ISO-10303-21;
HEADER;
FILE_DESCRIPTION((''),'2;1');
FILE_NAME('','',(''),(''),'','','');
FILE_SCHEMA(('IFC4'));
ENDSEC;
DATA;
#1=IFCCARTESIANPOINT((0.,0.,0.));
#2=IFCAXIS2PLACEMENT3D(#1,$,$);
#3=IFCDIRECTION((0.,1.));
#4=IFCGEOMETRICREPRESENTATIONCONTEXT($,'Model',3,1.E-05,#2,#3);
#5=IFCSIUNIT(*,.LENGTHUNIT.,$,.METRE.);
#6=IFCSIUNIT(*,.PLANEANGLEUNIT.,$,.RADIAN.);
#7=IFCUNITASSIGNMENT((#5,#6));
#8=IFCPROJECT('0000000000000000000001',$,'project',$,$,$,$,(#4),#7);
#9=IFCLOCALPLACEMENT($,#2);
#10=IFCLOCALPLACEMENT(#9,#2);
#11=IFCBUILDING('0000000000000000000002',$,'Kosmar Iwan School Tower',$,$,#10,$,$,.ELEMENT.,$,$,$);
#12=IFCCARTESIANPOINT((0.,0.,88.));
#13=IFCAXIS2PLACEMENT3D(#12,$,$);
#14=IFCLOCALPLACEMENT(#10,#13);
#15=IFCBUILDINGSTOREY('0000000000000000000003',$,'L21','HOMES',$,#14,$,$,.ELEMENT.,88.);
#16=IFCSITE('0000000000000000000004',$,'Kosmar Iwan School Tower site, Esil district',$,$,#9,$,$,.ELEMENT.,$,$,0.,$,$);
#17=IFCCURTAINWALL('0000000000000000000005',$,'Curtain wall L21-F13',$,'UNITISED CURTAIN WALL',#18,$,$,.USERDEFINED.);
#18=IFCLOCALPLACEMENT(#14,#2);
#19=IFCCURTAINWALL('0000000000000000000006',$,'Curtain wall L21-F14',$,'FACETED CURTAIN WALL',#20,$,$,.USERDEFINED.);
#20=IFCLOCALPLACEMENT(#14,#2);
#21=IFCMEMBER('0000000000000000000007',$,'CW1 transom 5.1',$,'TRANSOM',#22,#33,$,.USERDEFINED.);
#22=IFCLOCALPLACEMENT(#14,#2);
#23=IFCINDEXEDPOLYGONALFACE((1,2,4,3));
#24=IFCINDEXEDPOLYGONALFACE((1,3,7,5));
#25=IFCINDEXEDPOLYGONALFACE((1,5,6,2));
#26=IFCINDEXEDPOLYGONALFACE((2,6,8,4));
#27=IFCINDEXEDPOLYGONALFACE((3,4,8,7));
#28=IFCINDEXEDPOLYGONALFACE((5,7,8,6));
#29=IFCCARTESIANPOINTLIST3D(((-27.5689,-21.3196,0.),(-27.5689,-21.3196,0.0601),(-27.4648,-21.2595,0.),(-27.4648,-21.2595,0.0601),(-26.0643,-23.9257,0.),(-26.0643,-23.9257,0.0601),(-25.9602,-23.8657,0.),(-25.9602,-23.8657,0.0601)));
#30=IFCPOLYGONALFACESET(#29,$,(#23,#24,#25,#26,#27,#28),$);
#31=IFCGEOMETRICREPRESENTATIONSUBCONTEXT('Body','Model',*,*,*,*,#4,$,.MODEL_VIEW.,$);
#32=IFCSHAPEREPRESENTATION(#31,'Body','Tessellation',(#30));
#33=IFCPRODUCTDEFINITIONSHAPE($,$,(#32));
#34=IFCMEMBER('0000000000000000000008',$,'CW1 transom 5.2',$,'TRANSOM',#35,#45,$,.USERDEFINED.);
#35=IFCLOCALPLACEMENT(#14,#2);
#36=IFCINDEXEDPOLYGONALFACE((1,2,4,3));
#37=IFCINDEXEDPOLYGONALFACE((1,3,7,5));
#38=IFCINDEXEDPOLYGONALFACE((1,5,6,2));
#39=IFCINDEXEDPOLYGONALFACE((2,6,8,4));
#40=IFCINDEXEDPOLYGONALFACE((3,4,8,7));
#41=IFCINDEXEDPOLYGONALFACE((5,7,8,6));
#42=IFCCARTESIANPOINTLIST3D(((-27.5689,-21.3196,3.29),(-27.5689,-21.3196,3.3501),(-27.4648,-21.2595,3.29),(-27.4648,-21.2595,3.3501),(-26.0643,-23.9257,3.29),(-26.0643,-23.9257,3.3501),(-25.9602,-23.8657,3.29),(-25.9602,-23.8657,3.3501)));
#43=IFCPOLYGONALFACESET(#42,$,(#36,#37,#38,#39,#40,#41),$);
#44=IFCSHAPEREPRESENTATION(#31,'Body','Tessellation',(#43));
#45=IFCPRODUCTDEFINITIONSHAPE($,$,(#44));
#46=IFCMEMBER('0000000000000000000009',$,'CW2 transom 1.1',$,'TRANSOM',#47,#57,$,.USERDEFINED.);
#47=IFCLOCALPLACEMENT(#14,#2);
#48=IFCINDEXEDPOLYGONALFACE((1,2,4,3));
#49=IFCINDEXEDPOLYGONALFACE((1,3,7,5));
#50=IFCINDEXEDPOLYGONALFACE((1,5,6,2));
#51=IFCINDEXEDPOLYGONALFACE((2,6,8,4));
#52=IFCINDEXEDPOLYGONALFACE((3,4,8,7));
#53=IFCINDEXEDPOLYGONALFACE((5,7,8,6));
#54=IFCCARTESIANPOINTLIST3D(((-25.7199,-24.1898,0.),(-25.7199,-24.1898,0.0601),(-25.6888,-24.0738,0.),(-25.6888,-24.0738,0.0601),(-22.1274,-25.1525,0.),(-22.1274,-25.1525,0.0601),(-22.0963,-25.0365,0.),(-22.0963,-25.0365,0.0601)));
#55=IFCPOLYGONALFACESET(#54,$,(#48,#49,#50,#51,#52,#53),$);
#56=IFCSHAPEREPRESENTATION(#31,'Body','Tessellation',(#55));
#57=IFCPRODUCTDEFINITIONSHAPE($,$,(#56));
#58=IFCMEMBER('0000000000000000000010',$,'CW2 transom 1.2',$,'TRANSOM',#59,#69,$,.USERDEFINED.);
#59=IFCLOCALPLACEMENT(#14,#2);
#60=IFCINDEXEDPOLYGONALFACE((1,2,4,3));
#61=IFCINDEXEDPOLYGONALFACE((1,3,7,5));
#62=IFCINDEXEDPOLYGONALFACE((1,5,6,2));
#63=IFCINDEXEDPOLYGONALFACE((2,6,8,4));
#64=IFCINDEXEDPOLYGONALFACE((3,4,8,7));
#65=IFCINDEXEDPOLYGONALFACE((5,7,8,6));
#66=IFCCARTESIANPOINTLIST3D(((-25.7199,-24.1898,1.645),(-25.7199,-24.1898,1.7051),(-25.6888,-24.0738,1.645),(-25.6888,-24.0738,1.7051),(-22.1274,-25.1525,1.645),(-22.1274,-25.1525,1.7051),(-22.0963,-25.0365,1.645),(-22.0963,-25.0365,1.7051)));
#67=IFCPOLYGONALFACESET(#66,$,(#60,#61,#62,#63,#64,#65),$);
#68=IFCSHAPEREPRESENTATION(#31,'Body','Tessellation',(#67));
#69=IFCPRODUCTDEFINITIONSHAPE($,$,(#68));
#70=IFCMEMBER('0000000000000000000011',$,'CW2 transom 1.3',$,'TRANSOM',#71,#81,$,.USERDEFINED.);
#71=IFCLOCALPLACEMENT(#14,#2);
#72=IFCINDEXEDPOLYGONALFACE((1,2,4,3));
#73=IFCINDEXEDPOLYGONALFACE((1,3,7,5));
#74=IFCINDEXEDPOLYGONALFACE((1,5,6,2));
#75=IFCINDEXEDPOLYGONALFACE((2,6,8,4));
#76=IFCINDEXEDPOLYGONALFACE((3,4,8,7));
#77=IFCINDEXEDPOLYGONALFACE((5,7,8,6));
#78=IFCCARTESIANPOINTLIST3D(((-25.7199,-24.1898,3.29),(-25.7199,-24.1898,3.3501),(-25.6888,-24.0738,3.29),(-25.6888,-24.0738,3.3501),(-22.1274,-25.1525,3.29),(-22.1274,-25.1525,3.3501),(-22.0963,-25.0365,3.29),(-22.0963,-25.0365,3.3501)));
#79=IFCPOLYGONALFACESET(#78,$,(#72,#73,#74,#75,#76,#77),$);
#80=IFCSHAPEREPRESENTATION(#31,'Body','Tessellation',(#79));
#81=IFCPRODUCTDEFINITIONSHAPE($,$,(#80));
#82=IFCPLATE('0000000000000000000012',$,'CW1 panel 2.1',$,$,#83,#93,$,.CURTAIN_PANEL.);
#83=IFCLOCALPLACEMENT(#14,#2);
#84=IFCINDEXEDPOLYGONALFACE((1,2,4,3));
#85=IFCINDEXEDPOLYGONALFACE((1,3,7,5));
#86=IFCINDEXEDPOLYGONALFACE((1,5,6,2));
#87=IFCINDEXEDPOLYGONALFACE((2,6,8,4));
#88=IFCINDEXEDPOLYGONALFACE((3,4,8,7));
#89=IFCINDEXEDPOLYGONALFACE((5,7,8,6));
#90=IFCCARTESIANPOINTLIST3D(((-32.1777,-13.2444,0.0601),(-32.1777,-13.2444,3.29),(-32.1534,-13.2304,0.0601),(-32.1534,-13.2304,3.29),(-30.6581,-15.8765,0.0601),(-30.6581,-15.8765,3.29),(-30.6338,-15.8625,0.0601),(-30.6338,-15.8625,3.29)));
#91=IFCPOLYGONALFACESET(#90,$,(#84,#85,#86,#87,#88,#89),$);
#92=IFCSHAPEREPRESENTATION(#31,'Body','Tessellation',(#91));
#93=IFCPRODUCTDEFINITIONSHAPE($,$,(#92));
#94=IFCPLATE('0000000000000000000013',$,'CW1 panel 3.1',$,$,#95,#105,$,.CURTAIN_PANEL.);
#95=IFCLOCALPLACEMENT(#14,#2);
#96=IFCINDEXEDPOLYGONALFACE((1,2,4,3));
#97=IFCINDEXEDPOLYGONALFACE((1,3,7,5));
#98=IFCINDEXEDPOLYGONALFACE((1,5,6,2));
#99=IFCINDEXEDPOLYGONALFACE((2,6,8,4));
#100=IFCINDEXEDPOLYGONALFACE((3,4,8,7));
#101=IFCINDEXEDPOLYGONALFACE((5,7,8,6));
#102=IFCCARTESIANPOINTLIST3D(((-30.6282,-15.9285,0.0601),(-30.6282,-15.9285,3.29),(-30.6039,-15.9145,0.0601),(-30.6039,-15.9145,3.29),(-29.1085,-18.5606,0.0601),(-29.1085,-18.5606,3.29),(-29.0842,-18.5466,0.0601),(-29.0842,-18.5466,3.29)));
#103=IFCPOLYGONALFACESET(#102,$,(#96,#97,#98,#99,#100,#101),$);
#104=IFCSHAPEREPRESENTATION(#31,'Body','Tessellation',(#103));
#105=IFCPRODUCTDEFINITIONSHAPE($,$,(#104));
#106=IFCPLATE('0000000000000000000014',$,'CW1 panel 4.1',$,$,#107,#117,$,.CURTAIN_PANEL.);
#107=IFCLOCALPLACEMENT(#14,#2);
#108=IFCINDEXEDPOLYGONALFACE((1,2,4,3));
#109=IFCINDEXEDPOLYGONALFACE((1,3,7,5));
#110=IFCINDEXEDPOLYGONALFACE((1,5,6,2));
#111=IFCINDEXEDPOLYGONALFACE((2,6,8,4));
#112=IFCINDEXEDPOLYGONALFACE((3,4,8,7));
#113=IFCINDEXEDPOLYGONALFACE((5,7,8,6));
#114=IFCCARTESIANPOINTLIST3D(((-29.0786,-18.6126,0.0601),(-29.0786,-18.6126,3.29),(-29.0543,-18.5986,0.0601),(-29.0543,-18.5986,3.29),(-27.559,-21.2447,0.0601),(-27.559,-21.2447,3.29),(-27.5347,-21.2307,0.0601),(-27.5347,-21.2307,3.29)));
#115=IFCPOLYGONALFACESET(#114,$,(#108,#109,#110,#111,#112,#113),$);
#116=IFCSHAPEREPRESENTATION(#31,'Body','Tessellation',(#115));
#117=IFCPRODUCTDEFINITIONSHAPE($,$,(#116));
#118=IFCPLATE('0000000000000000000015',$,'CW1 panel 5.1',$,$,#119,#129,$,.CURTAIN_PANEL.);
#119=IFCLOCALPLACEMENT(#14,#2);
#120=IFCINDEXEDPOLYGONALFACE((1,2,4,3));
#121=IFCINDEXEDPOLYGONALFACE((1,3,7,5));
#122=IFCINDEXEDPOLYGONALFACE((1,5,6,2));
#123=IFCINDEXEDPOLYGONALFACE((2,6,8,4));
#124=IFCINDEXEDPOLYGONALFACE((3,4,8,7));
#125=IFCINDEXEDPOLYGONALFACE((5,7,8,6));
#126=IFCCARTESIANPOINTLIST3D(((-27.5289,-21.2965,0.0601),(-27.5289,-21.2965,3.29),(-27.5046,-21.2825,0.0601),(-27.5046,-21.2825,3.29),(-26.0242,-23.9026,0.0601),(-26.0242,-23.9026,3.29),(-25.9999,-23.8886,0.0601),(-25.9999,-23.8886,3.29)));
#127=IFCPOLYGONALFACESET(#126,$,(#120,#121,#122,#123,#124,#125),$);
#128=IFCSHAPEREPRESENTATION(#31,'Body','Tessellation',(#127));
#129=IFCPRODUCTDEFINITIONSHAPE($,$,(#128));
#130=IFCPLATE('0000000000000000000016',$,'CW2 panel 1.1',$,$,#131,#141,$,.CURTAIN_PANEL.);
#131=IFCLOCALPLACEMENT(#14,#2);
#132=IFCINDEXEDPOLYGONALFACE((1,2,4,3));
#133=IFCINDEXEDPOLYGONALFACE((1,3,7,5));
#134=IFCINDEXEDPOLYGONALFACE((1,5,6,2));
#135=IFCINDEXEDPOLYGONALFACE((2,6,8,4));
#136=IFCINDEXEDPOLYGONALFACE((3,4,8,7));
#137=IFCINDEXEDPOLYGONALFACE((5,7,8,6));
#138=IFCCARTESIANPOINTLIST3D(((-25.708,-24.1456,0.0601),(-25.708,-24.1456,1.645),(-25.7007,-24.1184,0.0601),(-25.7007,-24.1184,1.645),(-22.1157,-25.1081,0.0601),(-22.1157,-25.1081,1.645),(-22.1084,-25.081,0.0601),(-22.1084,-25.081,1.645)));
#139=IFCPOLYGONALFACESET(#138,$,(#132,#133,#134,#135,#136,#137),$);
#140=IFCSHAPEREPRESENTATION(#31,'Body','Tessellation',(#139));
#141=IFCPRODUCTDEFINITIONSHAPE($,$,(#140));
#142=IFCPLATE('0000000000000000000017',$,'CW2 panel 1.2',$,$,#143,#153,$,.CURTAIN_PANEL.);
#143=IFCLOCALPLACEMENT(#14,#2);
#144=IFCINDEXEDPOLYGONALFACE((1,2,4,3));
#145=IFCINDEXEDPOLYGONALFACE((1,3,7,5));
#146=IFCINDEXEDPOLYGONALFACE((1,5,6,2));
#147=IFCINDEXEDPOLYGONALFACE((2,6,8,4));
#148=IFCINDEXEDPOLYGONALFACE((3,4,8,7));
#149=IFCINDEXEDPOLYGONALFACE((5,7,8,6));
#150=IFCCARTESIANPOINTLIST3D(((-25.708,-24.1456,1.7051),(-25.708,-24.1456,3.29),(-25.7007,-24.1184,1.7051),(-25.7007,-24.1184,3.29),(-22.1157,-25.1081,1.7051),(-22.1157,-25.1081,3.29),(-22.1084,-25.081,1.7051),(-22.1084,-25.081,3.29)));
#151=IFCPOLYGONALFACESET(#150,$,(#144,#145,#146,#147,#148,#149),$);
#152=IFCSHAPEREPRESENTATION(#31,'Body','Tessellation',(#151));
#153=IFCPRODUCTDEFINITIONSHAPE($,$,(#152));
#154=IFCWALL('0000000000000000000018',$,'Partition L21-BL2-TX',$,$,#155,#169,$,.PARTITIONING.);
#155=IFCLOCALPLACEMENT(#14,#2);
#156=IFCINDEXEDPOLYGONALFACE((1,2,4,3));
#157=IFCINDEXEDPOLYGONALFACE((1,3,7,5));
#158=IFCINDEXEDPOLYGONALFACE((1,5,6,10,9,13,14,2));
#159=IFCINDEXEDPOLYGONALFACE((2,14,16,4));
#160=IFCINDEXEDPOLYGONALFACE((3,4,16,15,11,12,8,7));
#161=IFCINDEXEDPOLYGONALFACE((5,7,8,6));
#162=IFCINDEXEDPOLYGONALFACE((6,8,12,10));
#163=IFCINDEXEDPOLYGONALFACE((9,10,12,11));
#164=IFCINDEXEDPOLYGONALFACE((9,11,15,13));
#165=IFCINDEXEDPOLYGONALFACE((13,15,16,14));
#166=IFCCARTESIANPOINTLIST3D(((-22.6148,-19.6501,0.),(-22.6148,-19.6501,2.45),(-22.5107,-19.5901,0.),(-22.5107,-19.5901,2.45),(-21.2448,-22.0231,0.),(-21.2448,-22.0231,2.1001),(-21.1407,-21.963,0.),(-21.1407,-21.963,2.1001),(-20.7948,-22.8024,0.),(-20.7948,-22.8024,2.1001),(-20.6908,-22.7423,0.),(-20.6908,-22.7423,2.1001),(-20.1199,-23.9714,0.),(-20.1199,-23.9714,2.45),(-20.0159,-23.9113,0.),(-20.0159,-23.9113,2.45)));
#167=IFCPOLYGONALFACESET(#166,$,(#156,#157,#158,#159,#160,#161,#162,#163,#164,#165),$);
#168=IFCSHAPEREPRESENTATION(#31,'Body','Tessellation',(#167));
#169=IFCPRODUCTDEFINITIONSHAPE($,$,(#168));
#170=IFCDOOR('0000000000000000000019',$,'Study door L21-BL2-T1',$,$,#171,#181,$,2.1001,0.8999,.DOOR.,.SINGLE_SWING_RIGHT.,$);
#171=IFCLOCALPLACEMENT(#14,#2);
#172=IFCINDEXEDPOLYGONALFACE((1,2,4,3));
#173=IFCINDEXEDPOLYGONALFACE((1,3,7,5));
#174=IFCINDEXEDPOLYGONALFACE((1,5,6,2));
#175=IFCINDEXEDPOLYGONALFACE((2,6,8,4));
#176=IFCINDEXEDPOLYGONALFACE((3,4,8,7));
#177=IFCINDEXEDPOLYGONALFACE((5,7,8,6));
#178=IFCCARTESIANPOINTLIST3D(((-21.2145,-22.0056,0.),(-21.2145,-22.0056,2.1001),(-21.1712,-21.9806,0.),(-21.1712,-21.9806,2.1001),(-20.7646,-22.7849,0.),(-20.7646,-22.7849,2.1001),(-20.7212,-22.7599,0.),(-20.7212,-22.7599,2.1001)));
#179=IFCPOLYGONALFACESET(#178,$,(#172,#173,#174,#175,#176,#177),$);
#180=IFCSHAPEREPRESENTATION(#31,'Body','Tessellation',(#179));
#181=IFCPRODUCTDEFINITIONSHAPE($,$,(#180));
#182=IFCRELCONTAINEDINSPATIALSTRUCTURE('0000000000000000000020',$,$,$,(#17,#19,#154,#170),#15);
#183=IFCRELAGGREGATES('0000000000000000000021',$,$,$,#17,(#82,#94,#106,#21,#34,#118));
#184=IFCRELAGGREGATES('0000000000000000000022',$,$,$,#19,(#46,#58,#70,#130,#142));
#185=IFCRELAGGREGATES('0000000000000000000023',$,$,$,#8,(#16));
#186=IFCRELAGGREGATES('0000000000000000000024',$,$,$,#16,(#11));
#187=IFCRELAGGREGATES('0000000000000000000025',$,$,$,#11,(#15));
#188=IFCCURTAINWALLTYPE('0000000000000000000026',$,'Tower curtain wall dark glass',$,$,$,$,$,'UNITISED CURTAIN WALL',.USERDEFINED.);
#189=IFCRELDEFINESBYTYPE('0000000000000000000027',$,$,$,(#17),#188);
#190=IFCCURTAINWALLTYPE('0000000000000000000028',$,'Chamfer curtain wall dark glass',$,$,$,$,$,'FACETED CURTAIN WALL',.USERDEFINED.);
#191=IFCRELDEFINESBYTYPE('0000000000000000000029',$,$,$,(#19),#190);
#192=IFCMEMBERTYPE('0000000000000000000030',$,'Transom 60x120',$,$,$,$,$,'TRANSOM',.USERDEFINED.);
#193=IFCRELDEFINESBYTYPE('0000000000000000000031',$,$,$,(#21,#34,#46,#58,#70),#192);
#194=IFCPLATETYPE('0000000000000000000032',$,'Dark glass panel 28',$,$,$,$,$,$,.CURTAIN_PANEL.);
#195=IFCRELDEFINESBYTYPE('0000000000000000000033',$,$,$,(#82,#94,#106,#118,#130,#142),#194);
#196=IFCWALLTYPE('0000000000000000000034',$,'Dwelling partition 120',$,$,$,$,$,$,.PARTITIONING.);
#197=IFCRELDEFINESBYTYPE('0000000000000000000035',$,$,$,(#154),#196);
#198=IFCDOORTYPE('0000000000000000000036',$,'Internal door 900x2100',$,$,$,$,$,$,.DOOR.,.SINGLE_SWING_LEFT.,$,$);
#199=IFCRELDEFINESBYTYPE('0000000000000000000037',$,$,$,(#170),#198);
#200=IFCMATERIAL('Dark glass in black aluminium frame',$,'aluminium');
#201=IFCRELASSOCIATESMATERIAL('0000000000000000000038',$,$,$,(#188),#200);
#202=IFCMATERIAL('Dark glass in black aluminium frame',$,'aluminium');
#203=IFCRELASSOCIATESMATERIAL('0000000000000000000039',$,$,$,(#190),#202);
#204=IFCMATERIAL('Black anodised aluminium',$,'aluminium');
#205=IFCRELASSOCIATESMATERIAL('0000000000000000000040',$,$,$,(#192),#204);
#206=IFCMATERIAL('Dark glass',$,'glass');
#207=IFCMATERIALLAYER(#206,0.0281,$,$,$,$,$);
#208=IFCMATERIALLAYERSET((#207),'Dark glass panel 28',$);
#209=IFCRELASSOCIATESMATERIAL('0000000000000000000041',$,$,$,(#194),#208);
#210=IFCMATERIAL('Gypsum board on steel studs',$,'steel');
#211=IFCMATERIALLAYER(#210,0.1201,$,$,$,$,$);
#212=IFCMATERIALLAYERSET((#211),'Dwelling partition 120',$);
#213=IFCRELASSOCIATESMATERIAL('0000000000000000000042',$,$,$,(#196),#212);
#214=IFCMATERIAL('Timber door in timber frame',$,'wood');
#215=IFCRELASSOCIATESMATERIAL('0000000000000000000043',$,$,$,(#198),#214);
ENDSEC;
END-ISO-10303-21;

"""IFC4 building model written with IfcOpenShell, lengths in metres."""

from ifc_helpers import new_model, si_unit, direction, frame, frame_2d, origin, origin_2d, place, context, subcontext, project, spatial, rectangle, extrude, material, layer, layer_set, material_profile, profile_set, type_object, element, fill, aggregate, save


model = new_model("IFC4")

# Units and contexts
model_context = context("Model", 3, precision=1e-05, world=origin(), true_north=direction((0.0, 1.0)))
body_context = subcontext(model_context, "Body", "Model", "MODEL_VIEW")
ifc_project = project(units=[si_unit("LENGTHUNIT", "METRE"), si_unit("PLANEANGLEUNIT", "RADIAN")], contexts=[model_context])

# Site, building, storey
site_placement = place(None, origin())
site = spatial("IfcSite", under=ifc_project, at=site_placement, Name="Kosmar Iwan School Tower site, Esil district", CompositionType="ELEMENT", RefElevation=0.0)
building_placement = place(site_placement, origin())
building = spatial("IfcBuilding", under=site, at=building_placement, Name="Kosmar Iwan School Tower", CompositionType="ELEMENT")
storey_placement = place(building_placement, frame((0.0, 0.0, 88.0)))
storey = spatial("IfcBuildingStorey", under=building, at=storey_placement, Name="L21", Description="HOMES", CompositionType="ELEMENT", Elevation=88.0)

# Curtain wall
ifc_material_1 = material(Name="Dark glass in black aluminium frame", Category="aluminium")
curtain_wall_type_1 = type_object("IfcCurtainWallType", Name="Tower curtain wall dark glass", ElementType="UNITISED CURTAIN WALL", PredefinedType="USERDEFINED", material=ifc_material_1)
curtain_wall_1_placement = place(storey_placement, origin())
curtain_wall_1 = element("IfcCurtainWall", 1, at=curtain_wall_1_placement, inside=storey, type_object=curtain_wall_type_1, Name="Curtain wall L21-F13", ObjectType="UNITISED CURTAIN WALL", PredefinedType="USERDEFINED")

# Curtain wall
ifc_material_2 = material(Name="Dark glass in black aluminium frame", Category="aluminium")
curtain_wall_type_2 = type_object("IfcCurtainWallType", Name="Chamfer curtain wall dark glass", ElementType="FACETED CURTAIN WALL", PredefinedType="USERDEFINED", material=ifc_material_2)
curtain_wall_2_placement = place(storey_placement, origin())
curtain_wall_2 = element("IfcCurtainWall", 2, at=curtain_wall_2_placement, inside=storey, type_object=curtain_wall_type_2, Name="Curtain wall L21-F14", ObjectType="FACETED CURTAIN WALL", PredefinedType="USERDEFINED")

# Members
ifc_material_3 = material(Name="Black anodised aluminium", Category="aluminium")
ifc_material_profile_1 = material_profile(ifc_material_3, rectangle(XDim=0.1201, YDim=0.0601, at=origin_2d()), Name="TRANSOM 60x120")
ifc_profile_set_1 = profile_set([ifc_material_profile_1], Name="Black anodised aluminium")
member_type_1 = type_object("IfcMemberType", Name="Transom 60x120", ElementType="TRANSOM", PredefinedType="USERDEFINED", material=ifc_profile_set_1)
member_1_placement = place(storey_placement, frame((-27.5168, -21.2896, 0.03), z_axis=(0.499987, -0.866033, 0.0), x_axis=(0.866033, 0.499987, 0.0)))
member_1 = element("IfcMember", 3, at=member_1_placement, type_object=member_type_1, Name="CW1 transom 5.1", ObjectType="TRANSOM", PredefinedType="USERDEFINED", context=body_context, shape_type="SweptSolid", body=[
    extrude(rectangle(XDim=0.1201, YDim=0.0601, at=origin_2d()), origin(), (0.0, 0.0, 1.0), 3.0093),
])
member_2_placement = place(storey_placement, frame((-27.5168, -21.2896, 3.3201), z_axis=(0.499987, -0.866033, 0.0), x_axis=(0.866033, 0.499987, 0.0)))
member_2 = element("IfcMember", 4, at=member_2_placement, type_object=member_type_1, Name="CW1 transom 5.2", ObjectType="TRANSOM", PredefinedType="USERDEFINED", context=body_context, shape_type="SweptSolid", body=[
    extrude(rectangle(XDim=0.1201, YDim=0.0601, at=origin_2d()), origin(), (0.0, 0.0, 1.0), 3.0093),
])
member_3_placement = place(storey_placement, frame((-25.7043, -24.1318, 0.03), z_axis=(0.965924, -0.258827, 0.0), x_axis=(0.258827, 0.965924, 0.0)))
member_3 = element("IfcMember", 5, at=member_3_placement, type_object=member_type_1, Name="CW2 transom 1.1", ObjectType="TRANSOM", PredefinedType="USERDEFINED", context=body_context, shape_type="SweptSolid", body=[
    extrude(rectangle(XDim=0.1201, YDim=0.0601, at=origin_2d()), origin(), (0.0, 0.0, 1.0), 3.7192),
])
member_4_placement = place(storey_placement, frame((-25.7043, -24.1318, 1.675), z_axis=(0.965924, -0.258827, 0.0), x_axis=(0.258827, 0.965924, 0.0)))
member_4 = element("IfcMember", 6, at=member_4_placement, type_object=member_type_1, Name="CW2 transom 1.2", ObjectType="TRANSOM", PredefinedType="USERDEFINED", context=body_context, shape_type="SweptSolid", body=[
    extrude(rectangle(XDim=0.1201, YDim=0.0601, at=origin_2d()), origin(), (0.0, 0.0, 1.0), 3.7192),
])
member_5_placement = place(storey_placement, frame((-25.7043, -24.1318, 3.3201), z_axis=(0.965924, -0.258827, 0.0), x_axis=(0.258827, 0.965924, 0.0)))
member_5 = element("IfcMember", 7, at=member_5_placement, type_object=member_type_1, Name="CW2 transom 1.3", ObjectType="TRANSOM", PredefinedType="USERDEFINED", context=body_context, shape_type="SweptSolid", body=[
    extrude(rectangle(XDim=0.1201, YDim=0.0601, at=origin_2d()), origin(), (0.0, 0.0, 1.0), 3.7192),
])

# Plates
ifc_material_4 = material(Name="Dark glass", Category="glass")
ifc_layer_1 = layer(ifc_material_4, 0.0281)
ifc_layer_set_1 = layer_set([ifc_layer_1], Name="Dark glass panel 28")
plate_type = type_object("IfcPlateType", Name="Dark glass panel 28", PredefinedType="CURTAIN_PANEL", material=ifc_layer_set_1)
plate_1_placement = place(storey_placement, frame((-31.4058, -14.5535, 0.0601), z_axis=(0.0, 0.0, 1.0), x_axis=(0.5, -0.866025, 0.0)))
plate_1 = element("IfcPlate", 8, at=plate_1_placement, type_object=plate_type, Name="CW1 panel 2.1", PredefinedType="CURTAIN_PANEL", context=body_context, shape_type="SweptSolid", body=[
    extrude(rectangle(XDim=3.0393, YDim=0.0281, at=origin_2d()), origin(), (0.0, 0.0, 1.0), 3.23),
])
plate_2_placement = place(storey_placement, frame((-29.8562, -17.2375, 0.0601), z_axis=(0.0, 0.0, 1.0), x_axis=(0.5, -0.866025, 0.0)))
plate_2 = element("IfcPlate", 9, at=plate_2_placement, type_object=plate_type, Name="CW1 panel 3.1", PredefinedType="CURTAIN_PANEL", context=body_context, shape_type="SweptSolid", body=[
    extrude(rectangle(XDim=3.0393, YDim=0.0281, at=origin_2d()), origin(), (0.0, 0.0, 1.0), 3.23),
])
plate_3_placement = place(storey_placement, frame((-28.3066, -19.9216, 0.0601), z_axis=(0.0, 0.0, 1.0), x_axis=(0.5, -0.866025, 0.0)))
plate_3 = element("IfcPlate", 10, at=plate_3_placement, type_object=plate_type, Name="CW1 panel 4.1", PredefinedType="CURTAIN_PANEL", context=body_context, shape_type="SweptSolid", body=[
    extrude(rectangle(XDim=3.0393, YDim=0.0281, at=origin_2d()), origin(), (0.0, 0.0, 1.0), 3.23),
])
plate_4_placement = place(storey_placement, frame((-26.7644, -22.5925, 0.0601), z_axis=(0.0, 0.0, 1.0), x_axis=(0.5, -0.866025, 0.0)))
plate_4 = element("IfcPlate", 11, at=plate_4_placement, type_object=plate_type, Name="CW1 panel 5.1", PredefinedType="CURTAIN_PANEL", context=body_context, shape_type="SweptSolid", body=[
    extrude(rectangle(XDim=3.0093, YDim=0.0281, at=origin_2d()), origin(), (0.0, 0.0, 1.0), 3.23),
])
aggregate(curtain_wall_1, [plate_1, plate_2, plate_3, member_1, member_2, plate_4])
plate_5_placement = place(storey_placement, frame((-23.9082, -24.6133, 0.0601), z_axis=(0.0, 0.0, 1.0), x_axis=(0.965926, -0.258819, 0.0)))
plate_5 = element("IfcPlate", 12, at=plate_5_placement, type_object=plate_type, Name="CW2 panel 1.1", PredefinedType="CURTAIN_PANEL", context=body_context, shape_type="SweptSolid", body=[
    extrude(rectangle(XDim=3.719, YDim=0.0281, at=origin_2d()), origin(), (0.0, 0.0, 1.0), 1.585),
])
plate_6_placement = place(storey_placement, frame((-23.9082, -24.6133, 1.7051), z_axis=(0.0, 0.0, 1.0), x_axis=(0.965926, -0.258819, 0.0)))
plate_6 = element("IfcPlate", 13, at=plate_6_placement, type_object=plate_type, Name="CW2 panel 1.2", PredefinedType="CURTAIN_PANEL", context=body_context, shape_type="SweptSolid", body=[
    extrude(rectangle(XDim=3.719, YDim=0.0281, at=origin_2d()), origin(), (0.0, 0.0, 1.0), 1.585),
])
aggregate(curtain_wall_2, [member_3, member_4, member_5, plate_5, plate_6])

# Wall, opening, door
ifc_material_5 = material(Name="Gypsum board on steel studs", Category="steel")
ifc_layer_2 = layer(ifc_material_5, 0.1201)
ifc_layer_set_2 = layer_set([ifc_layer_2], Name="Dwelling partition 120")
wall_type_1 = type_object("IfcWallType", Name="Dwelling partition 120", PredefinedType="PARTITIONING", material=ifc_layer_set_2)
wall_1_placement = place(storey_placement, frame((-22.5627, -19.6201, 0.0), z_axis=(0.0, 0.0, 1.0), x_axis=(0.499996, -0.866028, 0.0)))
wall_1 = element("IfcWall", 14, at=wall_1_placement, inside=storey, type_object=wall_type_1, Name="Partition L21-BL2-TX", PredefinedType="PARTITIONING", context=body_context, shape_type="SweptSolid", body=[
    extrude(rectangle(XDim=4.9897, YDim=0.1201, at=frame_2d((2.4949, 0.0))), origin(), (0.0, 0.0, 1.0), 2.45),
])
opening_1_placement = place(wall_1_placement, frame((2.74, 0.0, 0.0)))
opening_1 = element("IfcOpeningElement", 15, at=opening_1_placement, cuts=wall_1, PredefinedType="OPENING", context=body_context, shape_type="SweptSolid", body=[
    extrude(rectangle(XDim=0.8999, YDim=2.1001, at=frame_2d((0.45, 1.05))), frame((0.0, 0.072, 0.0), z_axis=(0.0, -1.0, 0.0), x_axis=(1.0, 0.0, 0.0)), (0.0, 0.0, 1.0), 0.144),
])
ifc_material_6 = material(Name="Timber door in timber frame", Category="wood")
door_type_1 = type_object("IfcDoorType", Name="Internal door 900x2100", OperationType="SINGLE_SWING_LEFT", PredefinedType="DOOR", material=ifc_material_6)
door_1_placement = place(opening_1_placement, origin())
door_1 = element("IfcDoor", 16, at=door_1_placement, inside=storey, type_object=door_type_1, Name="Study door L21-BL2-T1", OperationType="SINGLE_SWING_RIGHT", OverallHeight=2.1001, OverallWidth=0.8999, PredefinedType="DOOR", context=body_context, shape_type="SweptSolid", body=[
    extrude(rectangle(XDim=0.8999, YDim=2.1001, at=frame_2d((0.45, 1.05))), frame((0.0, 0.0249, 0.0), z_axis=(0.0, -1.0, 0.0), x_axis=(1.0, 0.0, 0.0)), (0.0, 0.0, 1.0), 0.05),
])
fill(opening_1, door_1)

save(model, "model.ifc")
